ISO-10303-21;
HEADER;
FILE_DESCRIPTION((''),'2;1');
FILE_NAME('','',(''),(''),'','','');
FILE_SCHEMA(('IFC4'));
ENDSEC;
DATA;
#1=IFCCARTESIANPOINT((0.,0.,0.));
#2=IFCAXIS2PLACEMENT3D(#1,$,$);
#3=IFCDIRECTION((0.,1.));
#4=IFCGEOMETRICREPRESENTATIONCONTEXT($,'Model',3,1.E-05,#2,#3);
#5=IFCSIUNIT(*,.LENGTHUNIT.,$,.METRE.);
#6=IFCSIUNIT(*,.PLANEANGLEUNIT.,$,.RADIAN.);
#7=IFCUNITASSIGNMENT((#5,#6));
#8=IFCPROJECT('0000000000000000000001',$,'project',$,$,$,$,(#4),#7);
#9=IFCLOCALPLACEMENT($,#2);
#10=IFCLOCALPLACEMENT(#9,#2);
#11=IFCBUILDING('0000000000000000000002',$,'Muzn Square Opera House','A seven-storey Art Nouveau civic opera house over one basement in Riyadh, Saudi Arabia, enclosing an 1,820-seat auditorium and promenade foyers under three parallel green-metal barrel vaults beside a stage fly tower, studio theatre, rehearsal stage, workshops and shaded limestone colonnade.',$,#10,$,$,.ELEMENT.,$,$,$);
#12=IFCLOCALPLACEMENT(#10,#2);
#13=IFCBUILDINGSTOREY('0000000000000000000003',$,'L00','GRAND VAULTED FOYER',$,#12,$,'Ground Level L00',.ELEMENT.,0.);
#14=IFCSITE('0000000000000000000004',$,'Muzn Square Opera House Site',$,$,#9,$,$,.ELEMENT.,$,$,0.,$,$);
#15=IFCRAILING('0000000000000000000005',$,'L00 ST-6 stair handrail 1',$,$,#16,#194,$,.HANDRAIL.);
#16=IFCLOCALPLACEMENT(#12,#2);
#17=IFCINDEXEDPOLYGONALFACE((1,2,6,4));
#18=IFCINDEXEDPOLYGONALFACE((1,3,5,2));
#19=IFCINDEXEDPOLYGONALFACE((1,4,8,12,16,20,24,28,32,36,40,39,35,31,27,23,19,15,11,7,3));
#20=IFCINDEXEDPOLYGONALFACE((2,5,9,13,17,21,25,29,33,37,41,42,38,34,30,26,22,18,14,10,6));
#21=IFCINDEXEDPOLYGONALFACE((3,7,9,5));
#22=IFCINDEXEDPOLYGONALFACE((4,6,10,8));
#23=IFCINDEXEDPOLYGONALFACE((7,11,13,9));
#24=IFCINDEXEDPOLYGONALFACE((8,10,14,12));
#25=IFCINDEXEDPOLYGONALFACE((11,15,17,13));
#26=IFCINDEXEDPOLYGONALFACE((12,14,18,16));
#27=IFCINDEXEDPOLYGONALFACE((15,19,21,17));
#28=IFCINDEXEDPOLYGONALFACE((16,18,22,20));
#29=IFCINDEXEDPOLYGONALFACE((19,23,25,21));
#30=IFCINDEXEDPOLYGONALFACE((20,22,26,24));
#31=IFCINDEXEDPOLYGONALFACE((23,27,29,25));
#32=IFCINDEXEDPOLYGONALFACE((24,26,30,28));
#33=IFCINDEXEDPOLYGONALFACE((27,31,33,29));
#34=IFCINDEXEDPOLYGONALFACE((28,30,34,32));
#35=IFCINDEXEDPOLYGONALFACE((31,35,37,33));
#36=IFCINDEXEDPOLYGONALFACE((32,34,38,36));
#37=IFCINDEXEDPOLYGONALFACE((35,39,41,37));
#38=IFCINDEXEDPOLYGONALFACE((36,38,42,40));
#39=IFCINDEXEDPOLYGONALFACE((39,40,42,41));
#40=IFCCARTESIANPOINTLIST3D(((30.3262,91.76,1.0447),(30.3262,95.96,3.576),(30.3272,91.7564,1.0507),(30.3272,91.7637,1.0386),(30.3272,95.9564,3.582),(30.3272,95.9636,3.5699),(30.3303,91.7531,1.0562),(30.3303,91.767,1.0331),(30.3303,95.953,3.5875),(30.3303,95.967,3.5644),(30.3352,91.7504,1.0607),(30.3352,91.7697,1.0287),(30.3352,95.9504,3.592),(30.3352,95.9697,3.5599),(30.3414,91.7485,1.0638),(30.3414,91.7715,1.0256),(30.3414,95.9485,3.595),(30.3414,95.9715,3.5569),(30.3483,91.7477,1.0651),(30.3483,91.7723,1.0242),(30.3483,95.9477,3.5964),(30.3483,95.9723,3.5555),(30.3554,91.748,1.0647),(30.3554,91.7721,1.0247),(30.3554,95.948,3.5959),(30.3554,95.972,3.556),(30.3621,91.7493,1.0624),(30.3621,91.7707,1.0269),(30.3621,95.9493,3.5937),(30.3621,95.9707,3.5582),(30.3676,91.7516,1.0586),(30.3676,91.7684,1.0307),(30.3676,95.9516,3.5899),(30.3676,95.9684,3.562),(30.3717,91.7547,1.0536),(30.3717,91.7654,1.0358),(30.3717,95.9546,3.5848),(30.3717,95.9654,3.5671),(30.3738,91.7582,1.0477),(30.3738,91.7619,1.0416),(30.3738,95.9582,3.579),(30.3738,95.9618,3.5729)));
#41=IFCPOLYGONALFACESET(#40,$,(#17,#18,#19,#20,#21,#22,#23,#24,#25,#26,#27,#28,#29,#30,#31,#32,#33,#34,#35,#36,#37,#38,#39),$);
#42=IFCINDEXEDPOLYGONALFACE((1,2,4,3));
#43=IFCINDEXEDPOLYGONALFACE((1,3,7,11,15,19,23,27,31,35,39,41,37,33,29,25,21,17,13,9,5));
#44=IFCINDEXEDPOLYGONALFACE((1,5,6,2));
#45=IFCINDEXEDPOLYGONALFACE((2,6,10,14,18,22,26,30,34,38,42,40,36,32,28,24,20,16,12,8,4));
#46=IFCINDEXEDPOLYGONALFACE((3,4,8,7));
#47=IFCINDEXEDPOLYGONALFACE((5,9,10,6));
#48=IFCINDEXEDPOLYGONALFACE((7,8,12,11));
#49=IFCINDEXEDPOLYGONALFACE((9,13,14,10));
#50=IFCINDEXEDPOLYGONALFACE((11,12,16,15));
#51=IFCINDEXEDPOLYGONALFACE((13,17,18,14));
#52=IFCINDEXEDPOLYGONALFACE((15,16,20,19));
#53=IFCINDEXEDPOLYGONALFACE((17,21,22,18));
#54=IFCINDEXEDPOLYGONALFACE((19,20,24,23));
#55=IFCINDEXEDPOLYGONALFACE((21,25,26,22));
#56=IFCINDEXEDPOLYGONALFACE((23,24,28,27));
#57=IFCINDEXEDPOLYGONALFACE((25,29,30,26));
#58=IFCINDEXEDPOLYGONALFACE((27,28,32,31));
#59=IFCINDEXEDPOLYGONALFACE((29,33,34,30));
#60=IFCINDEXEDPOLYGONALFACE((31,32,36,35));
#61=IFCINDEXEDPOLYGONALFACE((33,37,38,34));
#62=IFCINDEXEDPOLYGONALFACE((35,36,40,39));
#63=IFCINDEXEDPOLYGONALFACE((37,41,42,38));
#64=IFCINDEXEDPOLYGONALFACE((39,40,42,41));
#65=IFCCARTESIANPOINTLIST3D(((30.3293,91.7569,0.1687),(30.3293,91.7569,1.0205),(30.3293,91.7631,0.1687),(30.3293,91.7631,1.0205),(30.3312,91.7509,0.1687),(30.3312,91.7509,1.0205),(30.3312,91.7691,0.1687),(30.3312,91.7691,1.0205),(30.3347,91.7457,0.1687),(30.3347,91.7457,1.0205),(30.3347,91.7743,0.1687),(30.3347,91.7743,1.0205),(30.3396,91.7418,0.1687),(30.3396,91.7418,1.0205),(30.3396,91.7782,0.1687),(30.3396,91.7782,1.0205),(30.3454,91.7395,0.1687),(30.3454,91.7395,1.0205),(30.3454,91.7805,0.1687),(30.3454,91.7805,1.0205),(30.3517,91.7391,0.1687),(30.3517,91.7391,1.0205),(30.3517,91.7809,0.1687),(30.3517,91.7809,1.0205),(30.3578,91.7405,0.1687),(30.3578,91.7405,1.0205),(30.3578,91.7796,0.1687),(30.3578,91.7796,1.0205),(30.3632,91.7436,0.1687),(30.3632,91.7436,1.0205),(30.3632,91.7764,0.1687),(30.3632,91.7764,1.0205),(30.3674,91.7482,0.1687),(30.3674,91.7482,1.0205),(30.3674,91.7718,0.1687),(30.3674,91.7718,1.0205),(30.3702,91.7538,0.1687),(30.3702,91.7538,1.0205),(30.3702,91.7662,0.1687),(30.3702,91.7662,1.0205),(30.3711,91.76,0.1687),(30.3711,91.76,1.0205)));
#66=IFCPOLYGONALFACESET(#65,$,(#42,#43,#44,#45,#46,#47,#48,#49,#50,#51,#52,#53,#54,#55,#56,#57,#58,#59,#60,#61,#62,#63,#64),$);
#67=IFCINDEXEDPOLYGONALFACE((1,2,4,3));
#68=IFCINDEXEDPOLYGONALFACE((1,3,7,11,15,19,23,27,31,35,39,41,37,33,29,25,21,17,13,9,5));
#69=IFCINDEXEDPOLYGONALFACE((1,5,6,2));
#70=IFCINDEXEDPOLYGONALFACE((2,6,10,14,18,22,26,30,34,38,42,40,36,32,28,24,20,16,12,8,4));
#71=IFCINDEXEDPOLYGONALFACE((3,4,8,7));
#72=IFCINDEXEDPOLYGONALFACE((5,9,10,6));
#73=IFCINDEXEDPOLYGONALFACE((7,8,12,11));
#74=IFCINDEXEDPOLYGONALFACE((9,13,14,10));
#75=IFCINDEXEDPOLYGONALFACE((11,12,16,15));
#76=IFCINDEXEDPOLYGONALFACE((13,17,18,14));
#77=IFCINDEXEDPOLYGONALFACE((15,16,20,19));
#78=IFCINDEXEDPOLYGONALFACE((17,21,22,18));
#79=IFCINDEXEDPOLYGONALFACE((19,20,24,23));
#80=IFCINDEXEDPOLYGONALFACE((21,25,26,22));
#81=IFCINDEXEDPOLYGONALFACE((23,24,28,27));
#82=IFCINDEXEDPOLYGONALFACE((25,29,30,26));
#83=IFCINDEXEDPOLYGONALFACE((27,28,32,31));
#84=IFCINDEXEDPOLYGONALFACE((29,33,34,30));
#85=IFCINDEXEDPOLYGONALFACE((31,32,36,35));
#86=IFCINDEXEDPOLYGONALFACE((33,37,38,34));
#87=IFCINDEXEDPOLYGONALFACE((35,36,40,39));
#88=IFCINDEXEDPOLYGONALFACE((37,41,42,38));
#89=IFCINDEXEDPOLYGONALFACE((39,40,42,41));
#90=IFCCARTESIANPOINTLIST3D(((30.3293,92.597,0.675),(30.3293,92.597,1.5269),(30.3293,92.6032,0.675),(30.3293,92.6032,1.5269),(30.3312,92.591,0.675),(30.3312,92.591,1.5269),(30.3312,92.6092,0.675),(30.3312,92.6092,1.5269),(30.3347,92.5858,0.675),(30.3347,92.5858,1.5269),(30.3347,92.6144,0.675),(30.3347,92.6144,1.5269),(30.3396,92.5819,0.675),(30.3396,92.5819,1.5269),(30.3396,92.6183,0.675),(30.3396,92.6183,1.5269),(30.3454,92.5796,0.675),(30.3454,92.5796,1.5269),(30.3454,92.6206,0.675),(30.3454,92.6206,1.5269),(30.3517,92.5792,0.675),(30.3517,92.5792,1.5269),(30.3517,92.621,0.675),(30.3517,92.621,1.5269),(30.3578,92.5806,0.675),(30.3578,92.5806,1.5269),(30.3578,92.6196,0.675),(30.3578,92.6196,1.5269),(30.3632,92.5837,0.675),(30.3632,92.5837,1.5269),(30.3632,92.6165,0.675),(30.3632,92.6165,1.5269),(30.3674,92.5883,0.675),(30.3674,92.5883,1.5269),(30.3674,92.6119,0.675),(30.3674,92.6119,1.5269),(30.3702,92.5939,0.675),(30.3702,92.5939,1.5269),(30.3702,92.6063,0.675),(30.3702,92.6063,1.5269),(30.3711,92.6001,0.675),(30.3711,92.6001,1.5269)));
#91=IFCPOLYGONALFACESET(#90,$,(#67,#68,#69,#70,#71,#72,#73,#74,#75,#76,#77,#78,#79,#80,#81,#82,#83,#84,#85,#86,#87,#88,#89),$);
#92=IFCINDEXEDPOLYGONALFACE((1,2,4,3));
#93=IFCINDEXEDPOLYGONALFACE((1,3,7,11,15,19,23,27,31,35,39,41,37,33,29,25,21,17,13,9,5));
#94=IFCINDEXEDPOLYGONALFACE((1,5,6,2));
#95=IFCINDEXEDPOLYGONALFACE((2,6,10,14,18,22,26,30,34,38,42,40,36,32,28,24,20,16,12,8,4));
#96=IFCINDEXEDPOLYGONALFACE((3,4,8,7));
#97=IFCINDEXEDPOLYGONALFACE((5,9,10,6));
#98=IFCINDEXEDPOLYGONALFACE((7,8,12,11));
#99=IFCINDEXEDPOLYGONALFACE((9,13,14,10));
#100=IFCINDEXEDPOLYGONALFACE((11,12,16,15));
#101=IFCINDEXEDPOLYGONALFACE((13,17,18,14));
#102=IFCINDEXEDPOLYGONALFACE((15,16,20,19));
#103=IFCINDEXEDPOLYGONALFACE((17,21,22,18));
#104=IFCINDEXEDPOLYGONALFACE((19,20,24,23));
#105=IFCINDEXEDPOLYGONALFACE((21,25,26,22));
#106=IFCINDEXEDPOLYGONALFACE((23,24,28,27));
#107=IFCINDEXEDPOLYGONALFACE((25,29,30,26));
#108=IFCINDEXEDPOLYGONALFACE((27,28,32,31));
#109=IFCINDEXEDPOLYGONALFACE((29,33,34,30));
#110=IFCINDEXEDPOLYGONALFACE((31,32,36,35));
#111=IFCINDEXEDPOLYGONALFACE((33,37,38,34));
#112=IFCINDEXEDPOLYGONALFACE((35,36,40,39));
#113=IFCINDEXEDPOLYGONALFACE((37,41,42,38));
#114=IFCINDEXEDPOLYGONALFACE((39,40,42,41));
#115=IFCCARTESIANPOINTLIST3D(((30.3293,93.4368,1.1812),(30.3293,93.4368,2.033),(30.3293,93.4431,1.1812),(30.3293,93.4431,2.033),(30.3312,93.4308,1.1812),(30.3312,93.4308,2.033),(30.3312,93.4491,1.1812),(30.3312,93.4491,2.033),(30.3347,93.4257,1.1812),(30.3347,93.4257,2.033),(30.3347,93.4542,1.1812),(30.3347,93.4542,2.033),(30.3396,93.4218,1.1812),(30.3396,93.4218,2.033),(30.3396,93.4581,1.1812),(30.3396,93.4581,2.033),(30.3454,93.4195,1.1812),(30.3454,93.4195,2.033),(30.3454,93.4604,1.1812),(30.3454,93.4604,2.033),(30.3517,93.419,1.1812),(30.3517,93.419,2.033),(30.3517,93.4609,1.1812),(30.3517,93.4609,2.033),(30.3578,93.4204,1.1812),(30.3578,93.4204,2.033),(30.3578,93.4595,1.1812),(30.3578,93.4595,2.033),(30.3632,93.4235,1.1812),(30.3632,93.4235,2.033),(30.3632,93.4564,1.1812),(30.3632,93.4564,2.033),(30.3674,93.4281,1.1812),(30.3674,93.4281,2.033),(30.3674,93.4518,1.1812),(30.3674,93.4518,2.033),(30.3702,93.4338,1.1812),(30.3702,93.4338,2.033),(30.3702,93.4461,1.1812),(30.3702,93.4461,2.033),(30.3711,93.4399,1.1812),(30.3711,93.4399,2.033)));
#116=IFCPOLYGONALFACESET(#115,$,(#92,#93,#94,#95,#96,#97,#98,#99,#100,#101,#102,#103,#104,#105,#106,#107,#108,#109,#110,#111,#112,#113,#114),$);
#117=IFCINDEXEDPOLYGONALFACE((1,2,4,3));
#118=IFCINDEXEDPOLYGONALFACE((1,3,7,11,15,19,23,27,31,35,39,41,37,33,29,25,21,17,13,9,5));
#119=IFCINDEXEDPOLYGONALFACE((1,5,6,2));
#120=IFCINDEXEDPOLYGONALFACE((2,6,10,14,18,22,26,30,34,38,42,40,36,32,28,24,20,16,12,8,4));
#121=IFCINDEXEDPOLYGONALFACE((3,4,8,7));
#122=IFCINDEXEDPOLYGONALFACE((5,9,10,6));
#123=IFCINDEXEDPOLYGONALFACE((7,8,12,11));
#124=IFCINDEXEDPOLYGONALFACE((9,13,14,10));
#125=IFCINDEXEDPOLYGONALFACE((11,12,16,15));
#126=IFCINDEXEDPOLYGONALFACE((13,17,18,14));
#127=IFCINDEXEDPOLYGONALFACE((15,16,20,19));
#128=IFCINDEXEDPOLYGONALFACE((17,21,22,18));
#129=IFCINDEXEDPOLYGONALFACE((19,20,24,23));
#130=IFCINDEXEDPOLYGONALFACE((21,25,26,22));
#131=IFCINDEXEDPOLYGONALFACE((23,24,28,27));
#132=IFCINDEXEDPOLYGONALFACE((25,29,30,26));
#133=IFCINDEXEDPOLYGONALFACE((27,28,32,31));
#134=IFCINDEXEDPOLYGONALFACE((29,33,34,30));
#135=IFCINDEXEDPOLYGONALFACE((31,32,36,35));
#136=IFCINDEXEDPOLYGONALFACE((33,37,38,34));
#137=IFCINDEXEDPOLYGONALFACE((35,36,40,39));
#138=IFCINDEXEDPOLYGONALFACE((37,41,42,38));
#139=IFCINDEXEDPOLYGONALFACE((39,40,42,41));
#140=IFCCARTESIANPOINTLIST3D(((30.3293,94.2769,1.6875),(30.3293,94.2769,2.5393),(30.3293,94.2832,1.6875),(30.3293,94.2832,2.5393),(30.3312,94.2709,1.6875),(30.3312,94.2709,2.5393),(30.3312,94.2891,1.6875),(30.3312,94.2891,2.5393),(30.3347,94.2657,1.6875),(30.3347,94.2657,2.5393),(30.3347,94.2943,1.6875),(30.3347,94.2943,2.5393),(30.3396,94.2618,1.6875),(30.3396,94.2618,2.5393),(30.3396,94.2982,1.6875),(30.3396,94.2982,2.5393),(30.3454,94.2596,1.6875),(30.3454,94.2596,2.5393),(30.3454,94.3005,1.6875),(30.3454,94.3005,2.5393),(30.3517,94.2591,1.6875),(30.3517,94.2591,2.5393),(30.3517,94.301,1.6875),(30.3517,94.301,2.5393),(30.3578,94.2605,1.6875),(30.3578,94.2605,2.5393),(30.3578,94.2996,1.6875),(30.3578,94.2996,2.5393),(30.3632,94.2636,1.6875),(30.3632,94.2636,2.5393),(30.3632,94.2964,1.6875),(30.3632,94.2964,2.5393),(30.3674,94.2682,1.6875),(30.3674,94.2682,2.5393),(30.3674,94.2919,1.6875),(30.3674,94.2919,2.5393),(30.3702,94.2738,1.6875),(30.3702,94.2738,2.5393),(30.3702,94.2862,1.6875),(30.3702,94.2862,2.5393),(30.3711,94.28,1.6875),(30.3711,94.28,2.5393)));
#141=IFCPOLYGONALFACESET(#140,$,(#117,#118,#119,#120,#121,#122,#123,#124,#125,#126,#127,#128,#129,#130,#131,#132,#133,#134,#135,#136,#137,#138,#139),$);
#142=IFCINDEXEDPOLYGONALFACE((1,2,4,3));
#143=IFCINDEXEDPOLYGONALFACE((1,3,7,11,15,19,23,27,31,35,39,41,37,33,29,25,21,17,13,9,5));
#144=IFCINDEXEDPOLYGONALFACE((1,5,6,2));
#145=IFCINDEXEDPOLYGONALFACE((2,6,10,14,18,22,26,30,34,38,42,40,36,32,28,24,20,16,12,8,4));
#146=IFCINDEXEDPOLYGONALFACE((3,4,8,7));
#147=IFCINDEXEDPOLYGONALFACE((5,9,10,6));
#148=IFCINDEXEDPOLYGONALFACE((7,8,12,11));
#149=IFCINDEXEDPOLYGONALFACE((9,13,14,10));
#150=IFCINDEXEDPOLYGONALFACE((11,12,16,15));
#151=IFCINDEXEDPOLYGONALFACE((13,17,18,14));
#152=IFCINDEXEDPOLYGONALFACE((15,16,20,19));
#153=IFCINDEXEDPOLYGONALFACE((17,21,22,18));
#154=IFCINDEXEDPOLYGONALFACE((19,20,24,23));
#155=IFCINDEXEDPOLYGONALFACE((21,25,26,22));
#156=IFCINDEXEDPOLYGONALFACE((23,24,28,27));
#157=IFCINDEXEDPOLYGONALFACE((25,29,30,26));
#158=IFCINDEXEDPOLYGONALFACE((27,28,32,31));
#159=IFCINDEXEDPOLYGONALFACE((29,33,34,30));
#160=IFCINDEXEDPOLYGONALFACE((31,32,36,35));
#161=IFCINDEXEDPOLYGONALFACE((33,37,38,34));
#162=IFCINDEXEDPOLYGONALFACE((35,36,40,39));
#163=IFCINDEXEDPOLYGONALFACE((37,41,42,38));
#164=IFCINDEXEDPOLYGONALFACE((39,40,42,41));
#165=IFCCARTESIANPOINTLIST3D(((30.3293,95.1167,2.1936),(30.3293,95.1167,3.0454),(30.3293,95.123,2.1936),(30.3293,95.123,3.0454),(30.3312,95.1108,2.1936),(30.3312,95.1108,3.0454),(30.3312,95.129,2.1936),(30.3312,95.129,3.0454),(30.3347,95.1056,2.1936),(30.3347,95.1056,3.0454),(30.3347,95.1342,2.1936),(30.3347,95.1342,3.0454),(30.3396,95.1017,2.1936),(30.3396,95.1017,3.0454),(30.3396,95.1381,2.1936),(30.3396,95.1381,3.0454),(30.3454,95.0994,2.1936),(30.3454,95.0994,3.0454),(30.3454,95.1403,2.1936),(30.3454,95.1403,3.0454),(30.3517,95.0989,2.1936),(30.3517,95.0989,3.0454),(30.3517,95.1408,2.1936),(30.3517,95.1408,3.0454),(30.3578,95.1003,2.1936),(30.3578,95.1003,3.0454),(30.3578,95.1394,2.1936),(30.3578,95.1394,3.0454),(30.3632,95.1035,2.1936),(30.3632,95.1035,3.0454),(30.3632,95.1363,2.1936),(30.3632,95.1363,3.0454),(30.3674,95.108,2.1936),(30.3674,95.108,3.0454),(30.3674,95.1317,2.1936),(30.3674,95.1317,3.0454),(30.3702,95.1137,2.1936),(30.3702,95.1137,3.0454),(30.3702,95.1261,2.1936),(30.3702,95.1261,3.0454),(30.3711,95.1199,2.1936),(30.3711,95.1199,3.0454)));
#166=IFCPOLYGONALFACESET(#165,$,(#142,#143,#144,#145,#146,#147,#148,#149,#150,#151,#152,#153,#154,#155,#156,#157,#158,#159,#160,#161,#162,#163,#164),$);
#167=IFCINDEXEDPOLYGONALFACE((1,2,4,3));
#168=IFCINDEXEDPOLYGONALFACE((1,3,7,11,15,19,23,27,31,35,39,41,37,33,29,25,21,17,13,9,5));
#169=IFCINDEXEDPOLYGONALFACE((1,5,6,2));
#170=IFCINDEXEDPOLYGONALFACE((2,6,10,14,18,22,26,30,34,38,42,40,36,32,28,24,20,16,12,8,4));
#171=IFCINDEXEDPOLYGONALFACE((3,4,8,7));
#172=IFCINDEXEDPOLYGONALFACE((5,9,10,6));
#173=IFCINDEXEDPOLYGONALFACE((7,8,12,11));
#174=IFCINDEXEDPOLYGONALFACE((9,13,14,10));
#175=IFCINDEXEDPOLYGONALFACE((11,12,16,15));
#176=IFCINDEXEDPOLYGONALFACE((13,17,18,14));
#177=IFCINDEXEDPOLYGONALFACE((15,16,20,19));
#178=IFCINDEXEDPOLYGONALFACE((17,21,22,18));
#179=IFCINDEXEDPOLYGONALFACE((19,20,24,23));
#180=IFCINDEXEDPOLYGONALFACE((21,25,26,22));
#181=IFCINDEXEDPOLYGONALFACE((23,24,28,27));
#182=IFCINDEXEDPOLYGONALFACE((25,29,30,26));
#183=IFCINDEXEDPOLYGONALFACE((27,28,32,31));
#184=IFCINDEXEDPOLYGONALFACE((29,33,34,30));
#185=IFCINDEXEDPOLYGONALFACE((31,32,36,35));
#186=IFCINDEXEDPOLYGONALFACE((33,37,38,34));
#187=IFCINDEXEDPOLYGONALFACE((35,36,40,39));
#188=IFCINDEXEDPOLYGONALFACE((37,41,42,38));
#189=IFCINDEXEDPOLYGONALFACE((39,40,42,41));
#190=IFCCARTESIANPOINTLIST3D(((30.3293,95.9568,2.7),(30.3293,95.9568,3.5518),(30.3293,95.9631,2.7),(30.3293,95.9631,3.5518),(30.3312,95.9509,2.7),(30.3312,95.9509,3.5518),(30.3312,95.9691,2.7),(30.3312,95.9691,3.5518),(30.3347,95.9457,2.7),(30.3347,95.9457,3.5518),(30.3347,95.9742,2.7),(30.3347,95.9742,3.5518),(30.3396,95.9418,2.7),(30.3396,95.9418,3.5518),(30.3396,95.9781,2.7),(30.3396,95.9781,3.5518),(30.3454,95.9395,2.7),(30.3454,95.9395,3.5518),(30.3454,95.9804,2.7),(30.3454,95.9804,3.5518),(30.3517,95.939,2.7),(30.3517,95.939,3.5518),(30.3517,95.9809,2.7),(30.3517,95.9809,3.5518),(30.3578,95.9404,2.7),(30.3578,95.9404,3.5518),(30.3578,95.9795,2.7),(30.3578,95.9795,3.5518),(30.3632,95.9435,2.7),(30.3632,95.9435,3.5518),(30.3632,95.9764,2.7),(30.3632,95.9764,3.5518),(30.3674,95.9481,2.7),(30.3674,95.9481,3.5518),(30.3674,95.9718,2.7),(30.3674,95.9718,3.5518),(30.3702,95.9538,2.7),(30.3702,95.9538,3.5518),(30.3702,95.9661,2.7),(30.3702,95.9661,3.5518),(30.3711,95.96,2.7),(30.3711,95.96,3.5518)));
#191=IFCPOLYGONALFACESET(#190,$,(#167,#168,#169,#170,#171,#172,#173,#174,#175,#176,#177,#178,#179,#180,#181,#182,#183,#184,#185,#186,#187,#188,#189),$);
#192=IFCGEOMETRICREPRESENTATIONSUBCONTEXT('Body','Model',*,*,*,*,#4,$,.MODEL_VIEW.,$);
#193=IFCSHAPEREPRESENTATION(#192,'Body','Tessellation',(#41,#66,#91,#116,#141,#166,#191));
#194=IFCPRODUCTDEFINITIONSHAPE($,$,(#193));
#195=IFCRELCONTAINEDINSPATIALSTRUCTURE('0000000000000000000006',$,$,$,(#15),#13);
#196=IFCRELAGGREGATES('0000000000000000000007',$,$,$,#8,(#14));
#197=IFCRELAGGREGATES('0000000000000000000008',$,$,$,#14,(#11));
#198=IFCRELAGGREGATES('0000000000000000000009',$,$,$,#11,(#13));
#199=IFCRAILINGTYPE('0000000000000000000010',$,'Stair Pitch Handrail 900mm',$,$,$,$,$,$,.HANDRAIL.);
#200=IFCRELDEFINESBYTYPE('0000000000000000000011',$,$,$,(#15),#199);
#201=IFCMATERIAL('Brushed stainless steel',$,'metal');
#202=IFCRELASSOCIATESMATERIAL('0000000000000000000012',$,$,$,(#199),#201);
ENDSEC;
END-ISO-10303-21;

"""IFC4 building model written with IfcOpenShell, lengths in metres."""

from ifc_helpers import new_model, si_unit, direction, frame, origin, origin_2d, place, context, subcontext, project, spatial, circle, extrude, material, type_object, element, save


model = new_model("IFC4")

# Units and contexts
model_context = context("Model", 3, precision=1e-05, world=origin(), true_north=direction((0.0, 1.0)))
body_context = subcontext(model_context, "Body", "Model", "MODEL_VIEW")
ifc_project = project(units=[si_unit("LENGTHUNIT", "METRE"), si_unit("PLANEANGLEUNIT", "RADIAN")], contexts=[model_context])

# Site, building, storey
site_placement = place(None, origin())
site = spatial("IfcSite", under=ifc_project, at=site_placement, Name="Muzn Square Opera House Site", CompositionType="ELEMENT", RefElevation=0.0)
building_placement = place(site_placement, origin())
building = spatial("IfcBuilding", under=site, at=building_placement, Name="Muzn Square Opera House", Description="A seven-storey Art Nouveau civic opera house over one basement in Riyadh, Saudi Arabia, enclosing an 1,820-seat auditorium and promenade foyers under three parallel green-metal barrel vaults beside a stage fly tower, studio theatre, rehearsal stage, workshops and shaded limestone colonnade.", CompositionType="ELEMENT")
storey_placement = place(building_placement, origin())
storey = spatial("IfcBuildingStorey", under=building, at=storey_placement, Name="L00", Description="GRAND VAULTED FOYER", LongName="Ground Level L00", CompositionType="ELEMENT", Elevation=0.0)

# Railing
ifc_material_1 = material(Name="Brushed stainless steel", Category="metal")
railing_type_1 = type_object("IfcRailingType", Name="Stair Pitch Handrail 900mm", PredefinedType="HANDRAIL", material=ifc_material_1)
railing_1_placement = place(storey_placement, frame((30.3501, 91.76, 0.1687)))
element("IfcRailing", 1, at=railing_1_placement, inside=storey, type_object=railing_type_1, Name="L00 ST-6 stair handrail 1", PredefinedType="HANDRAIL", context=body_context, shape_type="SweptSolid", body=[
    extrude(circle(Radius=0.0239, at=origin_2d()), frame((0.0, 0.0, 0.876), z_axis=(0.0, 0.856476, 0.516186), x_axis=(-1.0, 0.0, 0.0)), (0.0, 0.0, 1.0), 4.9038),
    extrude(circle(Radius=0.021, at=origin_2d()), origin(), (0.0, 0.0, 1.0), 0.8518),
    extrude(circle(Radius=0.021, at=origin_2d()), frame((0.0, 0.8401, 0.5063)), (0.0, 0.0, 1.0), 0.8518),
    extrude(circle(Radius=0.021, at=origin_2d()), frame((0.0, 1.6799, 1.0125)), (0.0, 0.0, 1.0), 0.8518),
    extrude(circle(Radius=0.021, at=origin_2d()), frame((0.0, 2.52, 1.5188)), (0.0, 0.0, 1.0), 0.8518),
    extrude(circle(Radius=0.021, at=origin_2d()), frame((0.0, 3.3599, 2.0249)), (0.0, 0.0, 1.0), 0.8518),
    extrude(circle(Radius=0.021, at=origin_2d()), frame((0.0, 4.2, 2.5312)), (0.0, 0.0, 1.0), 0.8518),
])

save(model, "model.ifc")
